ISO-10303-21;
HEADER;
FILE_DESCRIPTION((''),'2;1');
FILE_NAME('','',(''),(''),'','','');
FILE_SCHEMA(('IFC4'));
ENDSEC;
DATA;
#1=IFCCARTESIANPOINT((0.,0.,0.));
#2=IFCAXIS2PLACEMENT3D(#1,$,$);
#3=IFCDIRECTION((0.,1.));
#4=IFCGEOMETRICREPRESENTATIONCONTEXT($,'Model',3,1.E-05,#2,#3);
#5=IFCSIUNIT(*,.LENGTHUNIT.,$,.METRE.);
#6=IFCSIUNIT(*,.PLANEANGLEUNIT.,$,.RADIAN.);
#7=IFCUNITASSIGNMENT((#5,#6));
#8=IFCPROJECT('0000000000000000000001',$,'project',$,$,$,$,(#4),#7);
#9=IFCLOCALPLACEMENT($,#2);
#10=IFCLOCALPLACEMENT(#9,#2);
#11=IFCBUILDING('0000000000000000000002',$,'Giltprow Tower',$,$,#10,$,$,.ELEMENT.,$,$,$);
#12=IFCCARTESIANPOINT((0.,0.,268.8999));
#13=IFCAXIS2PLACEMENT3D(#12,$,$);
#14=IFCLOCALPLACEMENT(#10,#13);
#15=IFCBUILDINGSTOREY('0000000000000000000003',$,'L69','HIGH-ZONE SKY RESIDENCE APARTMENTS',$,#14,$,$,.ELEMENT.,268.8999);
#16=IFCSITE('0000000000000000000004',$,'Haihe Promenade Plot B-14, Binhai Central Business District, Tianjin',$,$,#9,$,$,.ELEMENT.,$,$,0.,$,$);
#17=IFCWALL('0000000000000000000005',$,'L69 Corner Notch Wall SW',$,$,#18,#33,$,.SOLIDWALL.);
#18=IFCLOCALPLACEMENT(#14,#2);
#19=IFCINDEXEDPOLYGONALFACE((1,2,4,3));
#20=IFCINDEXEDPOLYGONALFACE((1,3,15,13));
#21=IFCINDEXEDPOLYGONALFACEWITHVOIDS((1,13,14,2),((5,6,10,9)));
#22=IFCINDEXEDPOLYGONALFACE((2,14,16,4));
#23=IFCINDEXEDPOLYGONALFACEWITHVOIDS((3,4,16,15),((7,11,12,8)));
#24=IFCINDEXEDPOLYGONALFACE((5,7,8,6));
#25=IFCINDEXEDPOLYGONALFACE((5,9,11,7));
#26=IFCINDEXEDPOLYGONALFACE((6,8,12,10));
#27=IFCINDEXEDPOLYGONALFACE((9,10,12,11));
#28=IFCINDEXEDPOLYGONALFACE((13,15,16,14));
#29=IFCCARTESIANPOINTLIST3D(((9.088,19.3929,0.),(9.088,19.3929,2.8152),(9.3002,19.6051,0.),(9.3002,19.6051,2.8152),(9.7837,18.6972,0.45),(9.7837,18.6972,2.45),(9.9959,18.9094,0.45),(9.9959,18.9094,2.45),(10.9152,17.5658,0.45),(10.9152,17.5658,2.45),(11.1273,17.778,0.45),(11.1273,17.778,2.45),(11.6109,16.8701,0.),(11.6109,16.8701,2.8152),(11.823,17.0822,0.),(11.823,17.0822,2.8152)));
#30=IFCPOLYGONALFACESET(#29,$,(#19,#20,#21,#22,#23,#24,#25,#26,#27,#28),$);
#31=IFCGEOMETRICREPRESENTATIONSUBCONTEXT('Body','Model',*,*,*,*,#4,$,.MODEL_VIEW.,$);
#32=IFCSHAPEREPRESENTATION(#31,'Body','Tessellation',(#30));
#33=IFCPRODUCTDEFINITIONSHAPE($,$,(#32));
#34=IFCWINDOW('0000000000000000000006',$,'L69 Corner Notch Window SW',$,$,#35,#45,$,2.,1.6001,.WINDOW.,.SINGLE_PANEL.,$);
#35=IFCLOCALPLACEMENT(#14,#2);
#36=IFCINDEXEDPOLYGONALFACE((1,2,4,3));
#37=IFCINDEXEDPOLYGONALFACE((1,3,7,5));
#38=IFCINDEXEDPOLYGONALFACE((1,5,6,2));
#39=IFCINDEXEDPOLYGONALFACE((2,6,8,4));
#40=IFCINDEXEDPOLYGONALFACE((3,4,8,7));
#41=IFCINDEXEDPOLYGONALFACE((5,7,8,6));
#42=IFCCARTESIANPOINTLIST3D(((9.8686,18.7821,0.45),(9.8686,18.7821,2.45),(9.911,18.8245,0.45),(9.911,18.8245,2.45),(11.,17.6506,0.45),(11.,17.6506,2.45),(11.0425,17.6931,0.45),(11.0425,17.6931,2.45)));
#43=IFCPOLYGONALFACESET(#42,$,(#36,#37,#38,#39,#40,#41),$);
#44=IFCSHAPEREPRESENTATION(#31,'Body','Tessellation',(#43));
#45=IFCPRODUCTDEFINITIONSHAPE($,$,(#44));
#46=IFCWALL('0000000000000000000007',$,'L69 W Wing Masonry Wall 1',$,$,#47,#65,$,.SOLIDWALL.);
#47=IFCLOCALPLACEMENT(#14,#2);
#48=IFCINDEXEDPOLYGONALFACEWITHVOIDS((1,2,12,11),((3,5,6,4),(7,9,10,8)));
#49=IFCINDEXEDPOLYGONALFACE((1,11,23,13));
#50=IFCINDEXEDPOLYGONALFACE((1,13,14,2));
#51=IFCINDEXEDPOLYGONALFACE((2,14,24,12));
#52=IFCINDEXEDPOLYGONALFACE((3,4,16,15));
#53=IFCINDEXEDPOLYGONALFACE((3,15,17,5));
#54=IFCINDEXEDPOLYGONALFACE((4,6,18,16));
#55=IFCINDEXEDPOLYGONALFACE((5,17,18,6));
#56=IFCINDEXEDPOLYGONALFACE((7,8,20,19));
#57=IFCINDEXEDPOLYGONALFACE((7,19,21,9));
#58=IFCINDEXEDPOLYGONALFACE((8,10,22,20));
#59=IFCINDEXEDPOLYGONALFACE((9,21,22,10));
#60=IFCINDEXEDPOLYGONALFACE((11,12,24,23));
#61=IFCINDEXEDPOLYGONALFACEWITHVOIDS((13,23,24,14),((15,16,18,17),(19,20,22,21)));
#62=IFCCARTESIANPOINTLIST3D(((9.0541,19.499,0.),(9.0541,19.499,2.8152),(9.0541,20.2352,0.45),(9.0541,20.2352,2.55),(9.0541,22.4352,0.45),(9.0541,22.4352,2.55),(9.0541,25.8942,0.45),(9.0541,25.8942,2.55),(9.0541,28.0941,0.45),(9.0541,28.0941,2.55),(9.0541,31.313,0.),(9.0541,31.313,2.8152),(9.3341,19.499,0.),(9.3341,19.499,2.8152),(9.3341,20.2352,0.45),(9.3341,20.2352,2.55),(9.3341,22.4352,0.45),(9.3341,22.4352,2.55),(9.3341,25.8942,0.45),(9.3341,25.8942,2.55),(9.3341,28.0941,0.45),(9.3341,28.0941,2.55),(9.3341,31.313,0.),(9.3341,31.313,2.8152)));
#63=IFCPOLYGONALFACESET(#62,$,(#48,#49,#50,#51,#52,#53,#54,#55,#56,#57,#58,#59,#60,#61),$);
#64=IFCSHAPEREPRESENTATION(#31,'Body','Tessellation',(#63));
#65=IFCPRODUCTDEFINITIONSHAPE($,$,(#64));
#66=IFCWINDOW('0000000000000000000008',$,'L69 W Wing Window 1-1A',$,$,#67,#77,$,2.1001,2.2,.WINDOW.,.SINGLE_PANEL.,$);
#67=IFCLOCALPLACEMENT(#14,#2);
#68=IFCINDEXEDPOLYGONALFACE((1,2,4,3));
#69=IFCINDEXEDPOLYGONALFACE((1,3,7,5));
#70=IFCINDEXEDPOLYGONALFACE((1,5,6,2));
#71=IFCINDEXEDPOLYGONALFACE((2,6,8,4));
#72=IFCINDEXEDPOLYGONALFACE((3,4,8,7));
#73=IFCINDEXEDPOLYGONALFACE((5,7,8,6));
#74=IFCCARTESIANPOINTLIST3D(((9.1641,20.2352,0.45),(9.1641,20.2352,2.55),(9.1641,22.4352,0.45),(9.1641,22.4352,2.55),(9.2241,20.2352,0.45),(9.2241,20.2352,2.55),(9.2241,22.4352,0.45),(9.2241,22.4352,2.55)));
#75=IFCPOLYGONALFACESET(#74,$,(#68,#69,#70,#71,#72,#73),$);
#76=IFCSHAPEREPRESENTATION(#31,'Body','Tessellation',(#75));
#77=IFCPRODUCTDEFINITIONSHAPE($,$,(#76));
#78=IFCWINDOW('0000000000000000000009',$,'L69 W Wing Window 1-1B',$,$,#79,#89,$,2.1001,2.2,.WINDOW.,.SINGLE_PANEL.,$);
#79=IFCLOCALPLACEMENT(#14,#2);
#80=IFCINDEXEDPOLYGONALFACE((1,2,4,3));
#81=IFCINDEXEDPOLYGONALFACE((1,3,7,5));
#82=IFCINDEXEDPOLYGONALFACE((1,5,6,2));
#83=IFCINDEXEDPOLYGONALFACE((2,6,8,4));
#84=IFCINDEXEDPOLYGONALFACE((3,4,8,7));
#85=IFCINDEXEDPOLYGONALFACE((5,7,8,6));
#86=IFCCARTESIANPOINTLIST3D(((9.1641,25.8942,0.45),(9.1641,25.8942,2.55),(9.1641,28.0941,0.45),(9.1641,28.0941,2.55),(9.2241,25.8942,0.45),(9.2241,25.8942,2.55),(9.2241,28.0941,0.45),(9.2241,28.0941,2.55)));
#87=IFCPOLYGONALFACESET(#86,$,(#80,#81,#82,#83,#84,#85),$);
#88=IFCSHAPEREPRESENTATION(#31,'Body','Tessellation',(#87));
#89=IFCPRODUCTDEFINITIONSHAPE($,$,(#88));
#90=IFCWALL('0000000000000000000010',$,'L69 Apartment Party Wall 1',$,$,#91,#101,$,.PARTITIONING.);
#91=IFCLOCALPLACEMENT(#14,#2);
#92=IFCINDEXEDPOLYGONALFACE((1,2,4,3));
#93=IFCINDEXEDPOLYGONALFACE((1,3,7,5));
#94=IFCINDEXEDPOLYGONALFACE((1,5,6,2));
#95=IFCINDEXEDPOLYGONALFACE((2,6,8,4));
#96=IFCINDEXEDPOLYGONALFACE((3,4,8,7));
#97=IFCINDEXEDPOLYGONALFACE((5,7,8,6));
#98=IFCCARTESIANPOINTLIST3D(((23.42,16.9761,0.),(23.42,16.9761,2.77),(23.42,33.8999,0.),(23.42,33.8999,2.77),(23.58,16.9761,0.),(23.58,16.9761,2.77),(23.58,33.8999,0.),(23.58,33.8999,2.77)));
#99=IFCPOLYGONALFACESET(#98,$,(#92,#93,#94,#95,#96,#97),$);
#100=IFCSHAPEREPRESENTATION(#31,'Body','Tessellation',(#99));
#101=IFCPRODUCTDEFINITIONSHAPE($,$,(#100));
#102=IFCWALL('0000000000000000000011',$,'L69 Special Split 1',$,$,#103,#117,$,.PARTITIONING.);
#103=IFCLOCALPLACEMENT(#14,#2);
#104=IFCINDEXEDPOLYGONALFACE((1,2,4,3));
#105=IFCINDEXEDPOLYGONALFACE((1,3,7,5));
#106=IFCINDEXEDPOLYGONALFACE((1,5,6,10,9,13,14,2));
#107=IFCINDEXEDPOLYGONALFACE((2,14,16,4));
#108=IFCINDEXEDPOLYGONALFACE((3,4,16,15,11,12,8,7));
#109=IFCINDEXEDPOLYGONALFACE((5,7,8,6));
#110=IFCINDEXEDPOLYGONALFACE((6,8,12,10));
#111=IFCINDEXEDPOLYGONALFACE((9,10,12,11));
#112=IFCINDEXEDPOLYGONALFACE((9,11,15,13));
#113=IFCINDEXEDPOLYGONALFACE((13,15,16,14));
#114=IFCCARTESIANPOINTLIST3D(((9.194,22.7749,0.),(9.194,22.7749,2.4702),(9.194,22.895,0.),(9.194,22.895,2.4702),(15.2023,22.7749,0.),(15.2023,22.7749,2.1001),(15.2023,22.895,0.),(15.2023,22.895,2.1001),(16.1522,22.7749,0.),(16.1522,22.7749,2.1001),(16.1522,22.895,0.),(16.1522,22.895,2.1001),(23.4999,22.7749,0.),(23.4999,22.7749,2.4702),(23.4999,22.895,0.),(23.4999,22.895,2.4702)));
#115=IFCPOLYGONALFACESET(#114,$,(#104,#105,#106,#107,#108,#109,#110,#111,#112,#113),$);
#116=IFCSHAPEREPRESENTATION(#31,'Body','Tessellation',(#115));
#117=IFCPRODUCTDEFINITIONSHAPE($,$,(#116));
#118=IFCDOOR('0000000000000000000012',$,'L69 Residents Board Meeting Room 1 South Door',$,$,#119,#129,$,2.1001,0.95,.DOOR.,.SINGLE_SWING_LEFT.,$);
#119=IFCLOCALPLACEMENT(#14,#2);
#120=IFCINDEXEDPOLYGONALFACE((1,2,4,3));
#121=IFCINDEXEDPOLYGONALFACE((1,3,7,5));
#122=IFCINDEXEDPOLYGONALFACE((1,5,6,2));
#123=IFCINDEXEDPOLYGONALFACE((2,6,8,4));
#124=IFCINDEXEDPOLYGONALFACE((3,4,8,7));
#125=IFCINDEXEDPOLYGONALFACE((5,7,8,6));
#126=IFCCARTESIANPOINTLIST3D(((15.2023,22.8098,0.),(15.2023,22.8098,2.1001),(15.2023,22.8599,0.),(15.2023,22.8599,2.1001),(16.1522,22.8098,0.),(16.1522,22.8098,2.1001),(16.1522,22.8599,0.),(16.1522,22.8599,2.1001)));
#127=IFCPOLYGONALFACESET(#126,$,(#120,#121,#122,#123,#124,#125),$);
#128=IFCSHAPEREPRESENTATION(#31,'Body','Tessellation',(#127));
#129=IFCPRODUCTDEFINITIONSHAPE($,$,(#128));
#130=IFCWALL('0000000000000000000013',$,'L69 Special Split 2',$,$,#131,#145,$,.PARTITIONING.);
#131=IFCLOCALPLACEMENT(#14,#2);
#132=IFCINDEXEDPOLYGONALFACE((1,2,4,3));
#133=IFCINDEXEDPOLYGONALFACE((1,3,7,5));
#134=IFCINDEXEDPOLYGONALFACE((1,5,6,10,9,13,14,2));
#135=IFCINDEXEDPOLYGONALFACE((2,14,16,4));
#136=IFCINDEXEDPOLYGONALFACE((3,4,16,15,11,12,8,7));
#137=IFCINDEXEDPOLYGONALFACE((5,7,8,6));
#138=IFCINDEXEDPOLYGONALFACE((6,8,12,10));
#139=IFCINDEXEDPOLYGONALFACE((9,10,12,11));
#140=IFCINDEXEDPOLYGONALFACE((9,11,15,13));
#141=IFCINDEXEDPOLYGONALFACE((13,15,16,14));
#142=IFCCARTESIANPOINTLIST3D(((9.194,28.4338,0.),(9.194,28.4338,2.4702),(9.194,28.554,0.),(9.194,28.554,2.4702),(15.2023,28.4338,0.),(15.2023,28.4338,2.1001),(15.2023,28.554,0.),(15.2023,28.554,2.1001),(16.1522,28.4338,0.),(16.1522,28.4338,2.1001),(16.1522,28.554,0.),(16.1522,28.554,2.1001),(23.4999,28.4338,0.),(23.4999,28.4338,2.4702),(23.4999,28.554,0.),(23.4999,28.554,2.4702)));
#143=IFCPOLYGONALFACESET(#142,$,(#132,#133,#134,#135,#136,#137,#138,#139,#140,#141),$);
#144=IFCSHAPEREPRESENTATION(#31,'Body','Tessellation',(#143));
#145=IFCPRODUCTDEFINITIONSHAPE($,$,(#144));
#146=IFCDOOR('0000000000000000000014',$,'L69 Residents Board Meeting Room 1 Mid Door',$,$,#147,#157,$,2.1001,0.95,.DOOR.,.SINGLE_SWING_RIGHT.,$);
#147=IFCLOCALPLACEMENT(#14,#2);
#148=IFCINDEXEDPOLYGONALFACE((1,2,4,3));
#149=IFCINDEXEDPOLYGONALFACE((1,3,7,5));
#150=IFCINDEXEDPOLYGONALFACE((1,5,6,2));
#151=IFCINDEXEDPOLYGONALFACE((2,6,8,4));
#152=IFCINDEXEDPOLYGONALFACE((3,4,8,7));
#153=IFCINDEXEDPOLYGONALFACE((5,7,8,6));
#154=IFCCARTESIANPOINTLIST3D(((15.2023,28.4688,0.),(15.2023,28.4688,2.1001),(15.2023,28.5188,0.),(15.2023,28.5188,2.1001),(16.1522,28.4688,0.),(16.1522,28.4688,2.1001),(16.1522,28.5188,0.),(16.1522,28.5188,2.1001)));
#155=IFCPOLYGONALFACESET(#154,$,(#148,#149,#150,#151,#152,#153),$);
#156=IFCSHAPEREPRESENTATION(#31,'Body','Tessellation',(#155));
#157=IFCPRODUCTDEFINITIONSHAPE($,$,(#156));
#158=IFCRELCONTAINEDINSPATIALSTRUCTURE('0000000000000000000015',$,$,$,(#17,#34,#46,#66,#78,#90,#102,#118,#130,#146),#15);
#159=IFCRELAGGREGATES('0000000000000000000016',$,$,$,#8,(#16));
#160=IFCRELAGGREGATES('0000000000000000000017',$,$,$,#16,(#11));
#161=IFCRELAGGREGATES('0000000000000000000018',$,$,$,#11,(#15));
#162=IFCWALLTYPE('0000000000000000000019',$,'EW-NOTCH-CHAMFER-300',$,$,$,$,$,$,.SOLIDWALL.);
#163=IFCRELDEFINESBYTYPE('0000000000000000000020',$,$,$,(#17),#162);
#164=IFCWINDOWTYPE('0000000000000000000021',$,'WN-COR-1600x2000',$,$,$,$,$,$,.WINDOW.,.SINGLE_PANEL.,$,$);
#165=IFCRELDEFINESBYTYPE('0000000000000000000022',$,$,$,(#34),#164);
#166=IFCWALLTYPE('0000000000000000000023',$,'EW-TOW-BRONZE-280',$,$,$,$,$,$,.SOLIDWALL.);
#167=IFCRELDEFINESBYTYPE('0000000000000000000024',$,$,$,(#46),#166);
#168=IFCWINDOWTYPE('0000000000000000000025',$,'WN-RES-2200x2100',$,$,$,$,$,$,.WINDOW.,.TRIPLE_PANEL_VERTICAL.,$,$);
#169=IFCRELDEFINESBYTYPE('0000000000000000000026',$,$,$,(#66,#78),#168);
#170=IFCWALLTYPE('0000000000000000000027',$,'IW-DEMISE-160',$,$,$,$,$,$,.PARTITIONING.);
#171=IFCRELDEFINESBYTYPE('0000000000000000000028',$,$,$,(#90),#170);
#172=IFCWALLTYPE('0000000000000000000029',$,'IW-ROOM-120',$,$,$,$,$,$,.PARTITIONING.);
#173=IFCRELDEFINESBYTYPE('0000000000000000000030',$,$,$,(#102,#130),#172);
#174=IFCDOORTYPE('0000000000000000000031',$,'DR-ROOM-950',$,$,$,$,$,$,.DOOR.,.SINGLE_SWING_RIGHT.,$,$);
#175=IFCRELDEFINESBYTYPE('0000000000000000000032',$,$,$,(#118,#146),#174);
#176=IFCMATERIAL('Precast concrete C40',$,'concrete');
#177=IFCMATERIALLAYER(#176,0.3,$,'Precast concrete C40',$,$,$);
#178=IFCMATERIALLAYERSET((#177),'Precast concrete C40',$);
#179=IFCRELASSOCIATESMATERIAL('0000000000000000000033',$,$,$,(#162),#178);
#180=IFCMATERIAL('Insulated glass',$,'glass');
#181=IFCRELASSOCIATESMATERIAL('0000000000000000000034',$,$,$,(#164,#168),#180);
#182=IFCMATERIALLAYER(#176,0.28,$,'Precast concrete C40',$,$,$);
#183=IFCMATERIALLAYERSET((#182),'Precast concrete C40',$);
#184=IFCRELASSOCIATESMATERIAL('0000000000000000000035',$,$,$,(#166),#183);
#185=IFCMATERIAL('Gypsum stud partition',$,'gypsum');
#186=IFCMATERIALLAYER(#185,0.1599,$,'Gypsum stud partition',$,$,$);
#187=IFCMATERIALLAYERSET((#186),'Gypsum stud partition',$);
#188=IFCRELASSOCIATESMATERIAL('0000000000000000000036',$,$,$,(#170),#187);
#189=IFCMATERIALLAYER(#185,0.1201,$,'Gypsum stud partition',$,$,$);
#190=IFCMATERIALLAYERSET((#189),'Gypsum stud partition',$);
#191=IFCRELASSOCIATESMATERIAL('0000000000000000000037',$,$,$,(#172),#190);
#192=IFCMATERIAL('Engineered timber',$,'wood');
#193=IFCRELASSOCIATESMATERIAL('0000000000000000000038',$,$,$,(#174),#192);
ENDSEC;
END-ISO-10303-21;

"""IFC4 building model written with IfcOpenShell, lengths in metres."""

from ifc_helpers import new_model, si_unit, direction, frame, frame_2d, origin, place, context, subcontext, project, spatial, rectangle, extrude, source, transform, mapped, material, layer, layer_set, type_object, element, fill, save


model = new_model("IFC4")

# Units and contexts
model_context = context("Model", 3, precision=1e-05, world=origin(), true_north=direction((0.0, 1.0)))
body_context = subcontext(model_context, "Body", "Model", "MODEL_VIEW")
ifc_project = project(units=[si_unit("LENGTHUNIT", "METRE"), si_unit("PLANEANGLEUNIT", "RADIAN")], contexts=[model_context])

# Site, building, storey
site_placement = place(None, origin())
site = spatial("IfcSite", under=ifc_project, at=site_placement, Name="Haihe Promenade Plot B-14, Binhai Central Business District, Tianjin", CompositionType="ELEMENT", RefElevation=0.0)
building_placement = place(site_placement, origin())
building = spatial("IfcBuilding", under=site, at=building_placement, Name="Giltprow Tower", CompositionType="ELEMENT")
storey_placement = place(building_placement, frame((0.0, 0.0, 268.8999)))
storey = spatial("IfcBuildingStorey", under=building, at=storey_placement, Name="L69", Description="HIGH-ZONE SKY RESIDENCE APARTMENTS", CompositionType="ELEMENT", Elevation=268.8999)

# Wall, opening, window
ifc_material_1 = material(Name="Precast concrete C40", Category="concrete")
ifc_layer_1 = layer(ifc_material_1, 0.3, Name="Precast concrete C40")
ifc_layer_set_1 = layer_set([ifc_layer_1], Name="Precast concrete C40")
wall_type_1 = type_object("IfcWallType", Name="EW-NOTCH-CHAMFER-300", PredefinedType="SOLIDWALL", material=ifc_layer_set_1)
wall_1_placement = place(storey_placement, frame((9.1941, 19.499, 0.0), z_axis=(0.0, 0.0, 1.0), x_axis=(0.707107, -0.707107, 0.0)))
wall_1 = element("IfcWall", 1, at=wall_1_placement, inside=storey, type_object=wall_type_1, Name="L69 Corner Notch Wall SW", PredefinedType="SOLIDWALL", context=body_context, shape_type="SweptSolid", body=[
    extrude(rectangle(XDim=3.5679, YDim=0.3, at=frame_2d((1.7839, 0.0))), origin(), (0.0, 0.0, 1.0), 2.8152),
])
opening_1_placement = place(wall_1_placement, frame((0.9839, 0.0, 0.45)))
opening_1 = element("IfcOpeningElement", 2, at=opening_1_placement, cuts=wall_1, PredefinedType="OPENING", context=body_context, shape_type="SweptSolid", body=[
    extrude(rectangle(XDim=1.6001, YDim=2.0, at=frame_2d((0.8, 1.0))), frame((0.0, 0.1599, 0.0), z_axis=(0.0, -1.0, 0.0), x_axis=(1.0, 0.0, 0.0)), (0.0, 0.0, 1.0), 0.3201),
])
ifc_material_2 = material(Name="Insulated glass", Category="glass")
window_type_1 = type_object("IfcWindowType", Name="WN-COR-1600x2000", PartitioningType="SINGLE_PANEL", PredefinedType="WINDOW", material=ifc_material_2)
shared_shape_1 = source(origin(), body_context, "Body", "SweptSolid", [
    extrude(rectangle(XDim=1.6001, YDim=2.0, at=frame_2d((0.8, 1.0))), frame((0.0, 0.03, 0.0), z_axis=(0.0, -1.0, 0.0), x_axis=(1.0, 0.0, 0.0)), (0.0, 0.0, 1.0), 0.0601),
])
window_1_placement = place(opening_1_placement, origin())
window_1 = element("IfcWindow", 3, at=window_1_placement, inside=storey, type_object=window_type_1, Name="L69 Corner Notch Window SW", OverallHeight=2.0, OverallWidth=1.6001, PartitioningType="SINGLE_PANEL", PredefinedType="WINDOW", context=body_context, shape_type="MappedRepresentation", body=[
    mapped(shared_shape_1, transform((0.0, 0.0, 0.0), x_axis=(1.0, 0.0, 0.0), y_axis=(0.0, 1.0, 0.0), z_axis=(0.0, 0.0, 1.0), scale=1.0)),
])
fill(opening_1, window_1)

# Wall, openings, windows
ifc_layer_2 = layer(ifc_material_1, 0.28, Name="Precast concrete C40")
ifc_layer_set_2 = layer_set([ifc_layer_2], Name="Precast concrete C40")
wall_type_2 = type_object("IfcWallType", Name="EW-TOW-BRONZE-280", PredefinedType="SOLIDWALL", material=ifc_layer_set_2)
wall_2_placement = place(storey_placement, frame((9.1941, 19.499, 0.0), z_axis=(0.0, 0.0, 1.0), x_axis=(0.0, 1.0, 0.0)))
wall_2 = element("IfcWall", 4, at=wall_2_placement, inside=storey, type_object=wall_type_2, Name="L69 W Wing Masonry Wall 1", PredefinedType="SOLIDWALL", context=body_context, shape_type="SweptSolid", body=[
    extrude(rectangle(XDim=11.814, YDim=0.28, at=frame_2d((5.907, 0.0))), origin(), (0.0, 0.0, 1.0), 2.8152),
])
opening_2_placement = place(wall_2_placement, frame((0.7361, 0.0, 0.45)))
opening_2 = element("IfcOpeningElement", 5, at=opening_2_placement, cuts=wall_2, PredefinedType="OPENING", context=body_context, shape_type="SweptSolid", body=[
    extrude(rectangle(XDim=2.2, YDim=2.1001, at=frame_2d((1.1001, 1.05))), frame((0.0, 0.1499, 0.0), z_axis=(0.0, -1.0, 0.0), x_axis=(1.0, 0.0, 0.0)), (0.0, 0.0, 1.0), 0.3),
])
opening_3_placement = place(wall_2_placement, frame((6.395, 0.0, 0.45)))
opening_3 = element("IfcOpeningElement", 6, at=opening_3_placement, cuts=wall_2, PredefinedType="OPENING", context=body_context, shape_type="SweptSolid", body=[
    extrude(rectangle(XDim=2.2, YDim=2.1001, at=frame_2d((1.1001, 1.05))), frame((0.0, 0.1499, 0.0), z_axis=(0.0, -1.0, 0.0), x_axis=(1.0, 0.0, 0.0)), (0.0, 0.0, 1.0), 0.3),
])
window_type_2 = type_object("IfcWindowType", Name="WN-RES-2200x2100", PartitioningType="TRIPLE_PANEL_VERTICAL", PredefinedType="WINDOW", material=ifc_material_2)
shared_shape_2 = source(origin(), body_context, "Body", "SweptSolid", [
    extrude(rectangle(XDim=2.2, YDim=2.1001, at=frame_2d((1.1001, 1.05))), frame((0.0, 0.03, 0.0), z_axis=(0.0, -1.0, 0.0), x_axis=(1.0, 0.0, 0.0)), (0.0, 0.0, 1.0), 0.0601),
])
window_2_placement = place(opening_2_placement, origin())
window_2 = element("IfcWindow", 7, at=window_2_placement, inside=storey, type_object=window_type_2, Name="L69 W Wing Window 1-1A", OverallHeight=2.1001, OverallWidth=2.2, PartitioningType="SINGLE_PANEL", PredefinedType="WINDOW", context=body_context, shape_type="MappedRepresentation", body=[
    mapped(shared_shape_2, transform((0.0, 0.0, 0.0), x_axis=(1.0, 0.0, 0.0), y_axis=(0.0, 1.0, 0.0), z_axis=(0.0, 0.0, 1.0), scale=1.0)),
])
fill(opening_2, window_2)
window_3_placement = place(opening_3_placement, origin())
window_3 = element("IfcWindow", 8, at=window_3_placement, inside=storey, type_object=window_type_2, Name="L69 W Wing Window 1-1B", OverallHeight=2.1001, OverallWidth=2.2, PartitioningType="SINGLE_PANEL", PredefinedType="WINDOW", context=body_context, shape_type="MappedRepresentation", body=[
    mapped(shared_shape_2, transform((0.0, 0.0, 0.0), x_axis=(1.0, 0.0, 0.0), y_axis=(0.0, 1.0, 0.0), z_axis=(0.0, 0.0, 1.0), scale=1.0)),
])
fill(opening_3, window_3)

# Wall
ifc_material_3 = material(Name="Gypsum stud partition", Category="gypsum")
ifc_layer_3 = layer(ifc_material_3, 0.1599, Name="Gypsum stud partition")
ifc_layer_set_3 = layer_set([ifc_layer_3], Name="Gypsum stud partition")
wall_type_3 = type_object("IfcWallType", Name="IW-DEMISE-160", PredefinedType="PARTITIONING", material=ifc_layer_set_3)
wall_3_placement = place(storey_placement, frame((23.5, 16.9761, 0.0), z_axis=(0.0, 0.0, 1.0), x_axis=(0.0, 1.0, 0.0)))
element("IfcWall", 9, at=wall_3_placement, inside=storey, type_object=wall_type_3, Name="L69 Apartment Party Wall 1", PredefinedType="PARTITIONING", context=body_context, shape_type="SweptSolid", body=[
    extrude(rectangle(XDim=16.9238, YDim=0.1599, at=frame_2d((8.4619, 0.0))), origin(), (0.0, 0.0, 1.0), 2.77),
])

# Walls, openings, doors
ifc_layer_4 = layer(ifc_material_3, 0.1201, Name="Gypsum stud partition")
ifc_layer_set_4 = layer_set([ifc_layer_4], Name="Gypsum stud partition")
wall_type_4 = type_object("IfcWallType", Name="IW-ROOM-120", PredefinedType="PARTITIONING", material=ifc_layer_set_4)
wall_4_placement = place(storey_placement, frame((9.1941, 22.835, 0.0), z_axis=(0.0, 0.0, 1.0), x_axis=(1.0, 0.0, 0.0)))
wall_4 = element("IfcWall", 10, at=wall_4_placement, inside=storey, type_object=wall_type_4, Name="L69 Special Split 1", PredefinedType="PARTITIONING", context=body_context, shape_type="SweptSolid", body=[
    extrude(rectangle(XDim=14.3059, YDim=0.1201, at=frame_2d((7.1528, 0.0))), origin(), (0.0, 0.0, 1.0), 2.4702),
])
opening_4_placement = place(wall_4_placement, frame((6.0081, 0.0, 0.0)))
opening_4 = element("IfcOpeningElement", 11, at=opening_4_placement, cuts=wall_4, PredefinedType="OPENING", context=body_context, shape_type="SweptSolid", body=[
    extrude(rectangle(XDim=0.95, YDim=2.1001, at=frame_2d((0.4751, 1.05))), frame((0.0, 0.0701, 0.0), z_axis=(0.0, -1.0, 0.0), x_axis=(1.0, 0.0, 0.0)), (0.0, 0.0, 1.0), 0.1401),
])
ifc_material_4 = material(Name="Engineered timber", Category="wood")
door_type = type_object("IfcDoorType", Name="DR-ROOM-950", OperationType="SINGLE_SWING_RIGHT", PredefinedType="DOOR", material=ifc_material_4)
shared_shape_3 = source(origin(), body_context, "Body", "SweptSolid", [
    extrude(rectangle(XDim=0.95, YDim=2.1001, at=frame_2d((0.4751, 1.05))), frame((0.0, 0.0249, 0.0), z_axis=(0.0, -1.0, 0.0), x_axis=(1.0, 0.0, 0.0)), (0.0, 0.0, 1.0), 0.05),
])
door_1_placement = place(opening_4_placement, origin())
door_1 = element("IfcDoor", 12, at=door_1_placement, inside=storey, type_object=door_type, Name="L69 Residents Board Meeting Room 1 South Door", OperationType="SINGLE_SWING_LEFT", OverallHeight=2.1001, OverallWidth=0.95, PredefinedType="DOOR", context=body_context, shape_type="MappedRepresentation", body=[
    mapped(shared_shape_3, transform((0.0, 0.0, 0.0), x_axis=(1.0, 0.0, 0.0), y_axis=(0.0, 1.0, 0.0), z_axis=(0.0, 0.0, 1.0), scale=1.0)),
])
fill(opening_4, door_1)
wall_5_placement = place(storey_placement, frame((9.1941, 28.4939, 0.0), z_axis=(0.0, 0.0, 1.0), x_axis=(1.0, 0.0, 0.0)))
wall_5 = element("IfcWall", 13, at=wall_5_placement, inside=storey, type_object=wall_type_4, Name="L69 Special Split 2", PredefinedType="PARTITIONING", context=body_context, shape_type="SweptSolid", body=[
    extrude(rectangle(XDim=14.3059, YDim=0.1201, at=frame_2d((7.1528, 0.0))), origin(), (0.0, 0.0, 1.0), 2.4702),
])
opening_5_placement = place(wall_5_placement, frame((6.0081, 0.0, 0.0)))
opening_5 = element("IfcOpeningElement", 14, at=opening_5_placement, cuts=wall_5, PredefinedType="OPENING", context=body_context, shape_type="SweptSolid", body=[
    extrude(rectangle(XDim=0.95, YDim=2.1001, at=frame_2d((0.4751, 1.05))), frame((0.0, 0.0701, 0.0), z_axis=(0.0, -1.0, 0.0), x_axis=(1.0, 0.0, 0.0)), (0.0, 0.0, 1.0), 0.1401),
])
door_2_placement = place(opening_5_placement, origin())
door_2 = element("IfcDoor", 15, at=door_2_placement, inside=storey, type_object=door_type, Name="L69 Residents Board Meeting Room 1 Mid Door", OperationType="SINGLE_SWING_RIGHT", OverallHeight=2.1001, OverallWidth=0.95, PredefinedType="DOOR", context=body_context, shape_type="MappedRepresentation", body=[
    mapped(shared_shape_3, transform((0.0, 0.0, 0.0), x_axis=(1.0, 0.0, 0.0), y_axis=(0.0, 1.0, 0.0), z_axis=(0.0, 0.0, 1.0), scale=1.0)),
])
fill(opening_5, door_2)

save(model, "model.ifc")
